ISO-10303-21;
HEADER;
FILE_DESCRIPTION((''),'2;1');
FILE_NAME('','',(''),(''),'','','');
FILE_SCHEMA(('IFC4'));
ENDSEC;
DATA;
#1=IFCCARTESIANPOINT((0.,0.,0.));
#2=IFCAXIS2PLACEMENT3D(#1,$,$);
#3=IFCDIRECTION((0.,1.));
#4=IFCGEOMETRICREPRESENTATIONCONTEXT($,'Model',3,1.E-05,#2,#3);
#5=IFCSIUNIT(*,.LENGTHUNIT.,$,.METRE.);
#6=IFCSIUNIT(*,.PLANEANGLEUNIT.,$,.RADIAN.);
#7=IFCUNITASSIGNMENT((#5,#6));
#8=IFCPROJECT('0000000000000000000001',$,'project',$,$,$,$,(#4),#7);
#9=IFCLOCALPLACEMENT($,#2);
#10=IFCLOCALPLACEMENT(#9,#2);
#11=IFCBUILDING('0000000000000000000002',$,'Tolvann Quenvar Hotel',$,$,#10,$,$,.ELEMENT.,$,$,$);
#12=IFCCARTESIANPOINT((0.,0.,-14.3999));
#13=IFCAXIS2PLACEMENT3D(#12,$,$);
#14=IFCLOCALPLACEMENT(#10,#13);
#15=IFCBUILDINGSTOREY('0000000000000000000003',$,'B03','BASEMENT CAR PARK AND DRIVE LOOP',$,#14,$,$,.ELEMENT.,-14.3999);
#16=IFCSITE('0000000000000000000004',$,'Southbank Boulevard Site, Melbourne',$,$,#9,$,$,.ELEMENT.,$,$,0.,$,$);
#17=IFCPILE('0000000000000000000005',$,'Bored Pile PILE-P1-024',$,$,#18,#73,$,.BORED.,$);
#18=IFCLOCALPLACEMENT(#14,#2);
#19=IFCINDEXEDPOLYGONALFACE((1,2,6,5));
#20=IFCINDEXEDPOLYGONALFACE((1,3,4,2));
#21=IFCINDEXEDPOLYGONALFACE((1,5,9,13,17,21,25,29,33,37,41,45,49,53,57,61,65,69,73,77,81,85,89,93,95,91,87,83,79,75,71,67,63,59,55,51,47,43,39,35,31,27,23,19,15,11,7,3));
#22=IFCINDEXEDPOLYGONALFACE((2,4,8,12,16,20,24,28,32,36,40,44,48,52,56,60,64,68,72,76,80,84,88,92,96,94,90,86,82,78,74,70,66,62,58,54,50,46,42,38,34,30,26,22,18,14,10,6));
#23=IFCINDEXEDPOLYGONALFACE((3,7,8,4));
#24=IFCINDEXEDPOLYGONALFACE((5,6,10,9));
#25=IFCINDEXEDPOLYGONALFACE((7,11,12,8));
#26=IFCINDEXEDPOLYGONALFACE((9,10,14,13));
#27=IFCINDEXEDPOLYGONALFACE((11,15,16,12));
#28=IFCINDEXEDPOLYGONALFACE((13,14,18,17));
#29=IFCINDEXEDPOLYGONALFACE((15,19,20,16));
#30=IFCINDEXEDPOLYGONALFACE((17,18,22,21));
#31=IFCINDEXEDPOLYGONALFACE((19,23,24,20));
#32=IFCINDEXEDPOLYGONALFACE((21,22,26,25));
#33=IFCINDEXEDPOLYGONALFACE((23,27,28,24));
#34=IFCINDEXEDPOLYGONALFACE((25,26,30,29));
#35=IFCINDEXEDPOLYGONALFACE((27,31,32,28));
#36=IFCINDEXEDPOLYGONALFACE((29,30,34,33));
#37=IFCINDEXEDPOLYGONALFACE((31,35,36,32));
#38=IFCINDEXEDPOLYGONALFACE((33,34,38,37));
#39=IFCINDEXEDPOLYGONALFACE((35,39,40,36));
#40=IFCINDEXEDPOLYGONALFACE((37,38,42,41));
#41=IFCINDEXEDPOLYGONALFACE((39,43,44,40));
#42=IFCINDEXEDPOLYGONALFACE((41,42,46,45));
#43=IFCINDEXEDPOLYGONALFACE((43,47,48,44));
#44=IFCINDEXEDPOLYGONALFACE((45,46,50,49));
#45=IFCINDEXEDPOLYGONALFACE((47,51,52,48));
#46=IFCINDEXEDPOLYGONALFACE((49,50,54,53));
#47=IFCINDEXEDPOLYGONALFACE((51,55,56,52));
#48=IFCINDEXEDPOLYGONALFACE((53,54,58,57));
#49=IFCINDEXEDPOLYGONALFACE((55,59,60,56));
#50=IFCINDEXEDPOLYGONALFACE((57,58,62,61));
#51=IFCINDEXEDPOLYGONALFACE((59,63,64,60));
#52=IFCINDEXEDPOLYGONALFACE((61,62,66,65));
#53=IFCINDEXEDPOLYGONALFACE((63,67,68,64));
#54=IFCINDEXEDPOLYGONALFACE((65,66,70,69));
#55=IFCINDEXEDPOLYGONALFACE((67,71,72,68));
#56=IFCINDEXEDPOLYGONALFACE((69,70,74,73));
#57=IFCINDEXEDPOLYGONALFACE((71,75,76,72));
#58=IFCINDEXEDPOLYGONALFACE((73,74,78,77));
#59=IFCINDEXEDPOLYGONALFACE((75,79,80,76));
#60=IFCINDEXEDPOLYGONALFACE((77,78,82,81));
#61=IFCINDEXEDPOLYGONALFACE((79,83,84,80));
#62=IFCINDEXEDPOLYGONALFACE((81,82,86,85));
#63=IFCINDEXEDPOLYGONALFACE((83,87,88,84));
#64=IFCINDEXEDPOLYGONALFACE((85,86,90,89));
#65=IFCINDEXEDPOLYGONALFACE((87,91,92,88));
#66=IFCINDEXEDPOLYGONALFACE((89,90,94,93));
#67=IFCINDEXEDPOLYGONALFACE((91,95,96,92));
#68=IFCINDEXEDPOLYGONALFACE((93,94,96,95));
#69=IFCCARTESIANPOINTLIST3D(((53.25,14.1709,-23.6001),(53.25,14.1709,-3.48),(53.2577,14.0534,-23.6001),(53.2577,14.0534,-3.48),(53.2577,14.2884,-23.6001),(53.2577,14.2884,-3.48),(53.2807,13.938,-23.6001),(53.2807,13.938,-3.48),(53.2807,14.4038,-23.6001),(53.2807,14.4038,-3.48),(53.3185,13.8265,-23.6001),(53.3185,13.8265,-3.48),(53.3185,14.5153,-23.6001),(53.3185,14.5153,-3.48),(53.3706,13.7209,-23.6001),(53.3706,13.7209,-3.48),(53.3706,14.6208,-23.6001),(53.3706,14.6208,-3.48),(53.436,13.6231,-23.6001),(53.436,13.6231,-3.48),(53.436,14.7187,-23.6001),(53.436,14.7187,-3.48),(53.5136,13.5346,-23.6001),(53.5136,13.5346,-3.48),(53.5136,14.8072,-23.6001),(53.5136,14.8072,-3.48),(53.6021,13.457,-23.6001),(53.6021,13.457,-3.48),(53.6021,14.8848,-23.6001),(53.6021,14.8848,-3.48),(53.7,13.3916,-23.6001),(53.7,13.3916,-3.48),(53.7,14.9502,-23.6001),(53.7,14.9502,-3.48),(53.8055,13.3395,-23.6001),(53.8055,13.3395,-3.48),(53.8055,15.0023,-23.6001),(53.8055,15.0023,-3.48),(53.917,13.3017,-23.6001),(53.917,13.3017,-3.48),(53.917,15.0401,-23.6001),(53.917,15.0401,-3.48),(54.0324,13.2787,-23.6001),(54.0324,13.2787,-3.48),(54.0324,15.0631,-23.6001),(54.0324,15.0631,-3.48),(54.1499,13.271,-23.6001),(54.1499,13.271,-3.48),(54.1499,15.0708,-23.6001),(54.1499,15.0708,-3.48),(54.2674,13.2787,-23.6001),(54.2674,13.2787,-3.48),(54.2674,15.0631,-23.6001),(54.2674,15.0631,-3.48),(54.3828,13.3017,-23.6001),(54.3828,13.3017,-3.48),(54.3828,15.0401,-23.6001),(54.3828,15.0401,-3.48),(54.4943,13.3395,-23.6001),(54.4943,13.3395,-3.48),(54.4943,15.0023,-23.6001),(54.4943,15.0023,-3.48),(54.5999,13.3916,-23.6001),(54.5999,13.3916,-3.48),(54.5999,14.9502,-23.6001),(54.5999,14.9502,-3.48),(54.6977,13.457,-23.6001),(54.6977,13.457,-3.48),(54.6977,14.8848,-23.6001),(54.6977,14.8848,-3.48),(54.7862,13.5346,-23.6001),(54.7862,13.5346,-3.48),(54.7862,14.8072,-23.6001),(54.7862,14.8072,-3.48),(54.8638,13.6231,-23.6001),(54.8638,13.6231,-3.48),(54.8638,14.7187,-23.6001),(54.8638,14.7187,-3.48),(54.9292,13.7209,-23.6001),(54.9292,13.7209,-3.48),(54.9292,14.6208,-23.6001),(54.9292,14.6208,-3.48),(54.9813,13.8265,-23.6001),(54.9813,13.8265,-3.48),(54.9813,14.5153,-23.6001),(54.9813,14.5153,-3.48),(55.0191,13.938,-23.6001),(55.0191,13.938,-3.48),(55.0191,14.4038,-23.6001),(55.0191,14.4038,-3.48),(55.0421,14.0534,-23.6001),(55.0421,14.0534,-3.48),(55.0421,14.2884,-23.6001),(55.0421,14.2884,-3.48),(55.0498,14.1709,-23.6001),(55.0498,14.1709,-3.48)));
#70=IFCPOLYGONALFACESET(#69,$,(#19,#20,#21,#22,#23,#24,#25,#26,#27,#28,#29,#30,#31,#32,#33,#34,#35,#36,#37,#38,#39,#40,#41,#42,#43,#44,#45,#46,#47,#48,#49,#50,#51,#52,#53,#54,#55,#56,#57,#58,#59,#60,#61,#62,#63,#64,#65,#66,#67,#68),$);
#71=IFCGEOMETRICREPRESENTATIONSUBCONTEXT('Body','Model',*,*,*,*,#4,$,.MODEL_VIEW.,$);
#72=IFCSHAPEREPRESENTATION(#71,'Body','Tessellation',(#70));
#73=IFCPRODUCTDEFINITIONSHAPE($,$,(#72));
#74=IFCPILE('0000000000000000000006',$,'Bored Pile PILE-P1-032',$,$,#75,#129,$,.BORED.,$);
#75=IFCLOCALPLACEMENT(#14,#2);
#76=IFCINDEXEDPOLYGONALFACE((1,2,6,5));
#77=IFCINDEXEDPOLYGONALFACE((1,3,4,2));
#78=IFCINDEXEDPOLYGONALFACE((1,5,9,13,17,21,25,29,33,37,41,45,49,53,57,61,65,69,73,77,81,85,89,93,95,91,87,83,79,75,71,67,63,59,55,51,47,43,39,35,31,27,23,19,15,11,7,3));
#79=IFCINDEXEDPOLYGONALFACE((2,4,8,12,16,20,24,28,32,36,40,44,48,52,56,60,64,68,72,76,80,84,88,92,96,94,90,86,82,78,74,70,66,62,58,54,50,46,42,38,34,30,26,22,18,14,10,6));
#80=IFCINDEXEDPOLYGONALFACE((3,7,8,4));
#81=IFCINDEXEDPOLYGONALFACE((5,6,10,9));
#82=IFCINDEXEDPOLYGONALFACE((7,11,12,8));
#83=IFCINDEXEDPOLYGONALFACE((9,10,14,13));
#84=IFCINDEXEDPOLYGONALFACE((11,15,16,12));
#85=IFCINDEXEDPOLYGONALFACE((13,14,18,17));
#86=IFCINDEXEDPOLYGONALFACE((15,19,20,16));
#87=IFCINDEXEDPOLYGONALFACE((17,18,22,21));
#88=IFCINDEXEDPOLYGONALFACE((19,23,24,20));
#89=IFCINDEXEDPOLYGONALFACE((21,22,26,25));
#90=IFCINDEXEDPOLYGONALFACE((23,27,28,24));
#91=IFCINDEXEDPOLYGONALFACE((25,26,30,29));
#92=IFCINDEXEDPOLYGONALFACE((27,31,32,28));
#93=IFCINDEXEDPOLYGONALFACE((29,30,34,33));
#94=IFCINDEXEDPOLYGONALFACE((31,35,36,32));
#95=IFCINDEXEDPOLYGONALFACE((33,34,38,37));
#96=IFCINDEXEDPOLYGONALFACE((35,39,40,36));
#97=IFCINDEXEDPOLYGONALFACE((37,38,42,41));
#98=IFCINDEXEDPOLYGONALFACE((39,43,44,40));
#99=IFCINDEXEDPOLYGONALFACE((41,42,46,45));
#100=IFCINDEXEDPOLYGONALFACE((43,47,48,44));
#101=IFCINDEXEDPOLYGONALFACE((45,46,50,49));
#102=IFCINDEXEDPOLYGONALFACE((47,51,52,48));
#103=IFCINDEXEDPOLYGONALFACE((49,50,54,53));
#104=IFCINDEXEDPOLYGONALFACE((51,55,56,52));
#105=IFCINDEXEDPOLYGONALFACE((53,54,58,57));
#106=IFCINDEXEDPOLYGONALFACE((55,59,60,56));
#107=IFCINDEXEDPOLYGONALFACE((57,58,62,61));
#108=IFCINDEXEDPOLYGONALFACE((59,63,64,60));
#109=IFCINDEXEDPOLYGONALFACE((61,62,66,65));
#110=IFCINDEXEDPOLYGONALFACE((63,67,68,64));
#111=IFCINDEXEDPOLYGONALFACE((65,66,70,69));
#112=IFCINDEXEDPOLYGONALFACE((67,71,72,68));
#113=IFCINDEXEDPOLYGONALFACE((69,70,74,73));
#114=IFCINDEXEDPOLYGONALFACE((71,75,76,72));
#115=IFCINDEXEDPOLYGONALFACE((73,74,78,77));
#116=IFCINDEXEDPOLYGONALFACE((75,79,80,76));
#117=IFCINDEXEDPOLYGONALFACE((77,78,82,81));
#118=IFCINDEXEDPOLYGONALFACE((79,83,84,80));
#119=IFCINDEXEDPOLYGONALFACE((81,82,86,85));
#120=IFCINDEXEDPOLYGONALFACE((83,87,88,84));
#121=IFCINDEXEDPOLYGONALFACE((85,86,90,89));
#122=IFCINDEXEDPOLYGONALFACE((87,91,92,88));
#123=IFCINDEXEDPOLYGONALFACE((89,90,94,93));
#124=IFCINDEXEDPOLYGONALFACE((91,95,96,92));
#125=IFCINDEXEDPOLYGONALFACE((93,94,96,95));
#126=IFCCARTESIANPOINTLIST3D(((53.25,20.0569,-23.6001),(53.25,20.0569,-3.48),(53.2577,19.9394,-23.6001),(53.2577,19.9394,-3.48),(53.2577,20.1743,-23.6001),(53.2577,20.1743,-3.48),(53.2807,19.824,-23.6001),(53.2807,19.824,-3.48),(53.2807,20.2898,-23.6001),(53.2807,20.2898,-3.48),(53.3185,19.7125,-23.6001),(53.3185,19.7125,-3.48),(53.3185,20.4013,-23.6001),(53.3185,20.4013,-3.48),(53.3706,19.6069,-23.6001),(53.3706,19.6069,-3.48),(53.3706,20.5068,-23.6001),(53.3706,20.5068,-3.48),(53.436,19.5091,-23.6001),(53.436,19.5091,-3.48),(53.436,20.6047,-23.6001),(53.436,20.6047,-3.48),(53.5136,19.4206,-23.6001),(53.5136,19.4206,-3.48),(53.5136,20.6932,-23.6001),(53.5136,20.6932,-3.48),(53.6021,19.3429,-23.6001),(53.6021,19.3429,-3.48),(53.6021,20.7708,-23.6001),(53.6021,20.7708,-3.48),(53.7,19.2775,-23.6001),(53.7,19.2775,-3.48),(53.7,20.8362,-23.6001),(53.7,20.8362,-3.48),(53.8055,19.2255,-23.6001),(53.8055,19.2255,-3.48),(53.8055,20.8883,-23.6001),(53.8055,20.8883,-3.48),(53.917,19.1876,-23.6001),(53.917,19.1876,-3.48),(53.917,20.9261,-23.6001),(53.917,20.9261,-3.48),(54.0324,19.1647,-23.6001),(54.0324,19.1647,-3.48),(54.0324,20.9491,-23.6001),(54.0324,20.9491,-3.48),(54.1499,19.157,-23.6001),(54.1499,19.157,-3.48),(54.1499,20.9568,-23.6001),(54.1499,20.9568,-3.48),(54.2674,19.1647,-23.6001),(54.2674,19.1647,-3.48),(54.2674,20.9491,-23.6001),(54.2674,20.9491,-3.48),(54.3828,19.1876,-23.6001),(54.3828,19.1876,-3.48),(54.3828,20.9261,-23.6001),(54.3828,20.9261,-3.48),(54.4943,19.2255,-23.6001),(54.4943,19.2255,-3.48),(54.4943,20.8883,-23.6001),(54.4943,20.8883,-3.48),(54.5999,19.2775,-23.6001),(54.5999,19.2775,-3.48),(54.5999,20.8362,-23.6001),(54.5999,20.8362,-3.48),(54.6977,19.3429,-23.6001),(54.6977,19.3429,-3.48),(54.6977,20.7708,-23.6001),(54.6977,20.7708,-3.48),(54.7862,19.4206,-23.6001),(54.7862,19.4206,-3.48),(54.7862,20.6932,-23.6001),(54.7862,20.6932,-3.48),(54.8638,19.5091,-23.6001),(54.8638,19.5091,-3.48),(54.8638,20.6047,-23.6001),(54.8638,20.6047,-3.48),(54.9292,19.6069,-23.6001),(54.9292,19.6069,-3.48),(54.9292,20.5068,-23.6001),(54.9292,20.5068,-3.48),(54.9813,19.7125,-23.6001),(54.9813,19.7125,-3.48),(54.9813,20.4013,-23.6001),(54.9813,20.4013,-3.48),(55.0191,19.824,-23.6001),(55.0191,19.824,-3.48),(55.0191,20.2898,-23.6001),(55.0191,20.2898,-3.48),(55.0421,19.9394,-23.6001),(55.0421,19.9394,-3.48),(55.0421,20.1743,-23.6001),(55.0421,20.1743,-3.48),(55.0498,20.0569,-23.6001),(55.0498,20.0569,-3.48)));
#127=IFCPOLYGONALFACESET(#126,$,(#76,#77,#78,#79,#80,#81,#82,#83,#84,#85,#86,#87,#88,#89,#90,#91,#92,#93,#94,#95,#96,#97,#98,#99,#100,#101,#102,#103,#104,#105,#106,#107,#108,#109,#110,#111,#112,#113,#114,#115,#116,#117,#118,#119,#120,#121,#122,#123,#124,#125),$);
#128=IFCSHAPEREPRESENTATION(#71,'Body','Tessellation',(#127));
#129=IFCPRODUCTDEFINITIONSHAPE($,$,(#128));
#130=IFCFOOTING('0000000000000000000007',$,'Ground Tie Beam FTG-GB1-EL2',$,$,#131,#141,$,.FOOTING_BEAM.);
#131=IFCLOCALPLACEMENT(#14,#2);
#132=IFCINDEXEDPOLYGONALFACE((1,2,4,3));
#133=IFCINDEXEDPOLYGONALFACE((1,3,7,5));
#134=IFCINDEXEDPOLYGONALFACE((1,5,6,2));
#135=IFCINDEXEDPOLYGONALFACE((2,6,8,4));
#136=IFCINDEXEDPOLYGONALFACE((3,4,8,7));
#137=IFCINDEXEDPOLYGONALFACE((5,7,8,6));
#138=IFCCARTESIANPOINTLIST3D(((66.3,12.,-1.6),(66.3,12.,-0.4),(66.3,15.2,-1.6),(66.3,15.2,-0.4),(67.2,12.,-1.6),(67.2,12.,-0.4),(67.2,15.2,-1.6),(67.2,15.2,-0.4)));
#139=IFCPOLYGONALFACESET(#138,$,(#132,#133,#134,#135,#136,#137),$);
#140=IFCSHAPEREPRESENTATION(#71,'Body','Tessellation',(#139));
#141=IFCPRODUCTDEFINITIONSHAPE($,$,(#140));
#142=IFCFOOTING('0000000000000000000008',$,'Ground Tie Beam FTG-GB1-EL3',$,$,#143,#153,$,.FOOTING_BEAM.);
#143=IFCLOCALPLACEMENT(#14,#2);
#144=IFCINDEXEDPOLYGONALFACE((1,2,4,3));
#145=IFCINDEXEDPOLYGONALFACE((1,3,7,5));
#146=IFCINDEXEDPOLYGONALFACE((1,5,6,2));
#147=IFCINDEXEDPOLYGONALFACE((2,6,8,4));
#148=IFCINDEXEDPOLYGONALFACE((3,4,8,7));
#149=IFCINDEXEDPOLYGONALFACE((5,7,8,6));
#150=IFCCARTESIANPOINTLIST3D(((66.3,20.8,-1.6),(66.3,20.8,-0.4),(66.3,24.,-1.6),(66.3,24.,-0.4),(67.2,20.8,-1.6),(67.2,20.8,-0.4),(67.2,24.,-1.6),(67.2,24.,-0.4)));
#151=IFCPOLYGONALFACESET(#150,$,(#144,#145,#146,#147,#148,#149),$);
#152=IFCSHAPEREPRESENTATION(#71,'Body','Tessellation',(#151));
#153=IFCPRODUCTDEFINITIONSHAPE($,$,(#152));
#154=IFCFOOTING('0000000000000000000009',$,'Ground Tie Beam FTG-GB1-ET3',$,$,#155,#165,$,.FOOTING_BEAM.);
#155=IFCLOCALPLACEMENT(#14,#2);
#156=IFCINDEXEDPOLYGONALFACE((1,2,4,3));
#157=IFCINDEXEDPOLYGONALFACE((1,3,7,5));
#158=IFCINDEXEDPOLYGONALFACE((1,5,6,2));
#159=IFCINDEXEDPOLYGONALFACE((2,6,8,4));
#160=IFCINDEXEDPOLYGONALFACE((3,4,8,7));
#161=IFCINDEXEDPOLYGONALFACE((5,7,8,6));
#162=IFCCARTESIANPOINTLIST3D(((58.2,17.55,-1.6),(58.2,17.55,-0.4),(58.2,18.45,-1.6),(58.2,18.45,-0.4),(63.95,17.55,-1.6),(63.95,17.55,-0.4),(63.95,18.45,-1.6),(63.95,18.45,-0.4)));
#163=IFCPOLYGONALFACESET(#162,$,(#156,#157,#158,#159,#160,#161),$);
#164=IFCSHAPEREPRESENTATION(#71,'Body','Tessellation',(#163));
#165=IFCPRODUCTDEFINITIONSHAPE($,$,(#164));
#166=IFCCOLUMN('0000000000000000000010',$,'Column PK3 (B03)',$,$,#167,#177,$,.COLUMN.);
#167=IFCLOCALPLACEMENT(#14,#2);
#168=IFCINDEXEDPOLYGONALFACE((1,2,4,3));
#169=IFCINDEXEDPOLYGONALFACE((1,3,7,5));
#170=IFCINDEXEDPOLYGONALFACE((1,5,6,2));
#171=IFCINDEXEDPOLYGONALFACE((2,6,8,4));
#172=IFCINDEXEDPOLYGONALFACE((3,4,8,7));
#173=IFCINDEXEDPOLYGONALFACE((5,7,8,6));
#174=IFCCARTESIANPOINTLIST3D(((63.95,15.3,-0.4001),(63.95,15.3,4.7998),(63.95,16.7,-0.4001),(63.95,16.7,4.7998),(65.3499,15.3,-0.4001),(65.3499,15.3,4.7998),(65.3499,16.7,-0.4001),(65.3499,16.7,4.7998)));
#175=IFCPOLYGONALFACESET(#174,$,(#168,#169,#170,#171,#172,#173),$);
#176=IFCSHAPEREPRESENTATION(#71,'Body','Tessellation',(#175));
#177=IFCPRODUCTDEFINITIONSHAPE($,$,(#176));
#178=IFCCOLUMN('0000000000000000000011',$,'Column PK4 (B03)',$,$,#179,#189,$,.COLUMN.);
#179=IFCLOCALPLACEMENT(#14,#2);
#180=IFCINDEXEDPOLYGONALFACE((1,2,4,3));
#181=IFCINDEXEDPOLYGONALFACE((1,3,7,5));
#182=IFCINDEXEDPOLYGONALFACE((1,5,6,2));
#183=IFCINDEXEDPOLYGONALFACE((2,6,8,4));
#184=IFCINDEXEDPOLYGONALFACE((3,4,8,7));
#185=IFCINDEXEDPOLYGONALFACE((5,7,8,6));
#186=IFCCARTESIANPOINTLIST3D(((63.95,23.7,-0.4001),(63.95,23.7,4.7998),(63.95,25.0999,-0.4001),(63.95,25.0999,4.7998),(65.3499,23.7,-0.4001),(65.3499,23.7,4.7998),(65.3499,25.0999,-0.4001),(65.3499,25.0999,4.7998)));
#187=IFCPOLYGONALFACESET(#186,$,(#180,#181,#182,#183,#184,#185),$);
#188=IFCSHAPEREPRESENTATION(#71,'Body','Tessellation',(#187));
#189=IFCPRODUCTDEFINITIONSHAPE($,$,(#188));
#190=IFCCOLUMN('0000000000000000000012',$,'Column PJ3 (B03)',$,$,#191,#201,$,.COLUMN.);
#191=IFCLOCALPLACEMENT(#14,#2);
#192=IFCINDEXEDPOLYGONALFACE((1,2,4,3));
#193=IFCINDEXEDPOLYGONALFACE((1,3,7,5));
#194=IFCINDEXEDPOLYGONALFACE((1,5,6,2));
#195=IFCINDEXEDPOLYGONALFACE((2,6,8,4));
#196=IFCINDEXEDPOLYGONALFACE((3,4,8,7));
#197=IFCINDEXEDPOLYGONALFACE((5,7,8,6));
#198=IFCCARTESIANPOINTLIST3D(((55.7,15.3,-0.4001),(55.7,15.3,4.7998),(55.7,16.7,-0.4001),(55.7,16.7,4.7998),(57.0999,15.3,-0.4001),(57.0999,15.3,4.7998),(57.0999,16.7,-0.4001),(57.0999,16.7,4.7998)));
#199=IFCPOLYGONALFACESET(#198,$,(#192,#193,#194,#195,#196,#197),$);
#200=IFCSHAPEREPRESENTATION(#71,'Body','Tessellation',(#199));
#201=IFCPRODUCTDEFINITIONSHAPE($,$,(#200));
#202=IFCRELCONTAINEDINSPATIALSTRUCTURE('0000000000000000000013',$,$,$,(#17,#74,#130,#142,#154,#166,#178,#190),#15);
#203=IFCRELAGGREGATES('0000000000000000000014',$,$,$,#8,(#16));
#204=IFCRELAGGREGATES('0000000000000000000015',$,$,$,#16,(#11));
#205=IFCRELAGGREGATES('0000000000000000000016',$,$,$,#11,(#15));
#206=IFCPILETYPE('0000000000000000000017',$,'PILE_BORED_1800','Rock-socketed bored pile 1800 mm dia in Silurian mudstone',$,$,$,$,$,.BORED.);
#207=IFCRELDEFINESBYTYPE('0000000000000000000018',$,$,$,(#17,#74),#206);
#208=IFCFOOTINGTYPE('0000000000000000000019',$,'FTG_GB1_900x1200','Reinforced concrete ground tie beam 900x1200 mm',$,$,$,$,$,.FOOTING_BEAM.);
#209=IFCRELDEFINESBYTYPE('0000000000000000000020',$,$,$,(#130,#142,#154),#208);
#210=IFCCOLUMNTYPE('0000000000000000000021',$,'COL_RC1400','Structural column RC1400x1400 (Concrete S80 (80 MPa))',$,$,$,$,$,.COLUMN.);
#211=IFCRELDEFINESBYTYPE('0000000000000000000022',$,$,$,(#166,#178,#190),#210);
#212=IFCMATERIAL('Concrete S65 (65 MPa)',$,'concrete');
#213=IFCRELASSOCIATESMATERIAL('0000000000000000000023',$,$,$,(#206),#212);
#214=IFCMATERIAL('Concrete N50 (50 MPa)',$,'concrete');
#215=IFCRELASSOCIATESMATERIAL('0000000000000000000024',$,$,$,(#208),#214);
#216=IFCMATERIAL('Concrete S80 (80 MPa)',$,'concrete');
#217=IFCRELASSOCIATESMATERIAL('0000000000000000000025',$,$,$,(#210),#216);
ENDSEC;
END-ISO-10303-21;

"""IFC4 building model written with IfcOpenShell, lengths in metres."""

from ifc_helpers import new_model, si_unit, direction, frame, origin, origin_2d, place, context, subcontext, project, spatial, rectangle, circle, extrude, source, transform, mapped, material, material_profile, profile_set, type_object, type_shapes, element, save


model = new_model("IFC4")

# Units and contexts
model_context = context("Model", 3, precision=1e-05, world=origin(), true_north=direction((0.0, 1.0)))
body_context = subcontext(model_context, "Body", "Model", "MODEL_VIEW")
ifc_project = project(units=[si_unit("LENGTHUNIT", "METRE"), si_unit("PLANEANGLEUNIT", "RADIAN")], contexts=[model_context])

# Site, building, storey
site_placement = place(None, origin())
site = spatial("IfcSite", under=ifc_project, at=site_placement, Name="Southbank Boulevard Site, Melbourne", CompositionType="ELEMENT", RefElevation=0.0)
building_placement = place(site_placement, origin())
building = spatial("IfcBuilding", under=site, at=building_placement, Name="Tolvann Quenvar Hotel", CompositionType="ELEMENT")
storey_placement = place(building_placement, frame((0.0, 0.0, -14.3999)))
storey = spatial("IfcBuildingStorey", under=building, at=storey_placement, Name="B03", Description="BASEMENT CAR PARK AND DRIVE LOOP", CompositionType="ELEMENT", Elevation=-14.3999)

# Piles
ifc_material_1 = material(Name="Concrete N50 (50 MPa)", Category="concrete")
ifc_material_2 = material(Name="Concrete S65 (65 MPa)", Category="concrete")
ifc_material_profile_1 = material_profile(ifc_material_2, circle(Radius=0.8999, at=origin_2d()), Name="PILE1800")
ifc_profile_set_1 = profile_set([ifc_material_profile_1], Name="Concrete S65 (65 MPa)")
pile_type_1 = type_object("IfcPileType", Name="PILE_BORED_1800", Description="Rock-socketed bored pile 1800 mm dia in Silurian mudstone", PredefinedType="BORED", material=ifc_profile_set_1)
for number, where, z_axis, x_axis, name in (
    (1, (54.1499, 14.1709, -3.48), (0.0, 0.0, -1.0), (1.0, 0.0, 0.0), "Bored Pile PILE-P1-024"),
    (2, (54.1499, 20.0569, -3.48), (0.0, 0.0, -1.0), (1.0, 0.0, 0.0), "Bored Pile PILE-P1-032"),
):
    element("IfcPile", number, at=place(storey_placement, frame(where, z_axis=z_axis, x_axis=x_axis)), inside=storey, type_object=pile_type_1, Name=name, PredefinedType="BORED", context=body_context, shape_type="SweptSolid", body=[
        extrude(circle(Radius=0.8999, at=origin_2d()), origin(), (0.0, 0.0, 1.0), 20.1201),
    ])

# Footings
ifc_material_profile_2 = material_profile(ifc_material_1, rectangle(XDim=0.8999, YDim=1.2, at=origin_2d()), Name="RC900x1200")
ifc_profile_set_2 = profile_set([ifc_material_profile_2], Name="Concrete N50 (50 MPa)")
footing_type = type_object("IfcFootingType", Name="FTG_GB1_900x1200", Description="Reinforced concrete ground tie beam 900x1200 mm", PredefinedType="FOOTING_BEAM", material=ifc_profile_set_2)
shared_shape_1 = source(origin(), body_context, "Body", "SweptSolid", [
    extrude(rectangle(XDim=0.8999, YDim=1.2, at=origin_2d()), origin(), (0.0, 0.0, 1.0), 3.2),
])
for number, where, z_axis, x_axis, name in (
    (3, (66.75, 12.0, -1.0), (0.0, 1.0, 0.0), (-1.0, 0.0, 0.0), "Ground Tie Beam FTG-GB1-EL2"),
    (4, (66.75, 20.8, -1.0), (0.0, 1.0, 0.0), (-1.0, 0.0, 0.0), "Ground Tie Beam FTG-GB1-EL3"),
):
    element("IfcFooting", number, at=place(storey_placement, frame(where, z_axis=z_axis, x_axis=x_axis)), inside=storey, type_object=footing_type, Name=name, PredefinedType="FOOTING_BEAM", context=body_context, shape_type="MappedRepresentation", body=[
        mapped(shared_shape_1, transform((0.0, 0.0, 0.0), x_axis=(1.0, 0.0, 0.0), y_axis=(0.0, 1.0, 0.0), z_axis=(0.0, 0.0, 1.0), scale=1.0)),
    ])
shared_shape_2 = source(origin(), body_context, "Body", "SweptSolid", [
    extrude(rectangle(XDim=0.8999, YDim=1.2, at=origin_2d()), origin(), (0.0, 0.0, 1.0), 5.75),
])
type_shapes(footing_type, [shared_shape_1, shared_shape_2])
footing_placement = place(storey_placement, frame((58.2, 18.0, -1.0), z_axis=(1.0, 0.0, 0.0), x_axis=(0.0, 1.0, 0.0)))
element("IfcFooting", 5, at=footing_placement, inside=storey, type_object=footing_type, Name="Ground Tie Beam FTG-GB1-ET3", PredefinedType="FOOTING_BEAM", context=body_context, shape_type="MappedRepresentation", body=[
    mapped(shared_shape_2, transform((0.0, 0.0, 0.0), x_axis=(1.0, 0.0, 0.0), y_axis=(0.0, 1.0, 0.0), z_axis=(0.0, 0.0, 1.0), scale=1.0)),
])

# Columns
ifc_material_3 = material(Name="Concrete S80 (80 MPa)", Category="concrete")
ifc_material_profile_3 = material_profile(ifc_material_3, rectangle(XDim=1.3999, YDim=1.3999, at=origin_2d()), Name="RC1400x1400")
ifc_profile_set_3 = profile_set([ifc_material_profile_3], Name="Concrete S80 (80 MPa)")
column_type = type_object("IfcColumnType", Name="COL_RC1400", Description="Structural column RC1400x1400 (Concrete S80 (80 MPa))", PredefinedType="COLUMN", material=ifc_profile_set_3)
shared_shape_3 = source(origin(), body_context, "Body", "SweptSolid", [
    extrude(rectangle(XDim=1.3999, YDim=1.3999, at=origin_2d()), origin(), (0.0, 0.0, 1.0), 5.2),
])
type_shapes(column_type, [shared_shape_3])
for number, where, z_axis, x_axis, name in (
    (6, (64.6499, 16.0, -0.4001), (0.0, 0.0, 1.0), (1.0, 0.0, 0.0), "Column PK3 (B03)"),
    (7, (64.6499, 24.3999, -0.4001), (0.0, 0.0, 1.0), (1.0, 0.0, 0.0), "Column PK4 (B03)"),
    (8, (56.3999, 16.0, -0.4001), (0.0, 0.0, 1.0), (1.0, 0.0, 0.0), "Column PJ3 (B03)"),
):
    element("IfcColumn", number, at=place(storey_placement, frame(where, z_axis=z_axis, x_axis=x_axis)), inside=storey, type_object=column_type, Name=name, PredefinedType="COLUMN", context=body_context, shape_type="MappedRepresentation", body=[
        mapped(shared_shape_3, transform((0.0, 0.0, 0.0), x_axis=(1.0, 0.0, 0.0), y_axis=(0.0, 1.0, 0.0), z_axis=(0.0, 0.0, 1.0), scale=1.0)),
    ])

save(model, "model.ifc")
